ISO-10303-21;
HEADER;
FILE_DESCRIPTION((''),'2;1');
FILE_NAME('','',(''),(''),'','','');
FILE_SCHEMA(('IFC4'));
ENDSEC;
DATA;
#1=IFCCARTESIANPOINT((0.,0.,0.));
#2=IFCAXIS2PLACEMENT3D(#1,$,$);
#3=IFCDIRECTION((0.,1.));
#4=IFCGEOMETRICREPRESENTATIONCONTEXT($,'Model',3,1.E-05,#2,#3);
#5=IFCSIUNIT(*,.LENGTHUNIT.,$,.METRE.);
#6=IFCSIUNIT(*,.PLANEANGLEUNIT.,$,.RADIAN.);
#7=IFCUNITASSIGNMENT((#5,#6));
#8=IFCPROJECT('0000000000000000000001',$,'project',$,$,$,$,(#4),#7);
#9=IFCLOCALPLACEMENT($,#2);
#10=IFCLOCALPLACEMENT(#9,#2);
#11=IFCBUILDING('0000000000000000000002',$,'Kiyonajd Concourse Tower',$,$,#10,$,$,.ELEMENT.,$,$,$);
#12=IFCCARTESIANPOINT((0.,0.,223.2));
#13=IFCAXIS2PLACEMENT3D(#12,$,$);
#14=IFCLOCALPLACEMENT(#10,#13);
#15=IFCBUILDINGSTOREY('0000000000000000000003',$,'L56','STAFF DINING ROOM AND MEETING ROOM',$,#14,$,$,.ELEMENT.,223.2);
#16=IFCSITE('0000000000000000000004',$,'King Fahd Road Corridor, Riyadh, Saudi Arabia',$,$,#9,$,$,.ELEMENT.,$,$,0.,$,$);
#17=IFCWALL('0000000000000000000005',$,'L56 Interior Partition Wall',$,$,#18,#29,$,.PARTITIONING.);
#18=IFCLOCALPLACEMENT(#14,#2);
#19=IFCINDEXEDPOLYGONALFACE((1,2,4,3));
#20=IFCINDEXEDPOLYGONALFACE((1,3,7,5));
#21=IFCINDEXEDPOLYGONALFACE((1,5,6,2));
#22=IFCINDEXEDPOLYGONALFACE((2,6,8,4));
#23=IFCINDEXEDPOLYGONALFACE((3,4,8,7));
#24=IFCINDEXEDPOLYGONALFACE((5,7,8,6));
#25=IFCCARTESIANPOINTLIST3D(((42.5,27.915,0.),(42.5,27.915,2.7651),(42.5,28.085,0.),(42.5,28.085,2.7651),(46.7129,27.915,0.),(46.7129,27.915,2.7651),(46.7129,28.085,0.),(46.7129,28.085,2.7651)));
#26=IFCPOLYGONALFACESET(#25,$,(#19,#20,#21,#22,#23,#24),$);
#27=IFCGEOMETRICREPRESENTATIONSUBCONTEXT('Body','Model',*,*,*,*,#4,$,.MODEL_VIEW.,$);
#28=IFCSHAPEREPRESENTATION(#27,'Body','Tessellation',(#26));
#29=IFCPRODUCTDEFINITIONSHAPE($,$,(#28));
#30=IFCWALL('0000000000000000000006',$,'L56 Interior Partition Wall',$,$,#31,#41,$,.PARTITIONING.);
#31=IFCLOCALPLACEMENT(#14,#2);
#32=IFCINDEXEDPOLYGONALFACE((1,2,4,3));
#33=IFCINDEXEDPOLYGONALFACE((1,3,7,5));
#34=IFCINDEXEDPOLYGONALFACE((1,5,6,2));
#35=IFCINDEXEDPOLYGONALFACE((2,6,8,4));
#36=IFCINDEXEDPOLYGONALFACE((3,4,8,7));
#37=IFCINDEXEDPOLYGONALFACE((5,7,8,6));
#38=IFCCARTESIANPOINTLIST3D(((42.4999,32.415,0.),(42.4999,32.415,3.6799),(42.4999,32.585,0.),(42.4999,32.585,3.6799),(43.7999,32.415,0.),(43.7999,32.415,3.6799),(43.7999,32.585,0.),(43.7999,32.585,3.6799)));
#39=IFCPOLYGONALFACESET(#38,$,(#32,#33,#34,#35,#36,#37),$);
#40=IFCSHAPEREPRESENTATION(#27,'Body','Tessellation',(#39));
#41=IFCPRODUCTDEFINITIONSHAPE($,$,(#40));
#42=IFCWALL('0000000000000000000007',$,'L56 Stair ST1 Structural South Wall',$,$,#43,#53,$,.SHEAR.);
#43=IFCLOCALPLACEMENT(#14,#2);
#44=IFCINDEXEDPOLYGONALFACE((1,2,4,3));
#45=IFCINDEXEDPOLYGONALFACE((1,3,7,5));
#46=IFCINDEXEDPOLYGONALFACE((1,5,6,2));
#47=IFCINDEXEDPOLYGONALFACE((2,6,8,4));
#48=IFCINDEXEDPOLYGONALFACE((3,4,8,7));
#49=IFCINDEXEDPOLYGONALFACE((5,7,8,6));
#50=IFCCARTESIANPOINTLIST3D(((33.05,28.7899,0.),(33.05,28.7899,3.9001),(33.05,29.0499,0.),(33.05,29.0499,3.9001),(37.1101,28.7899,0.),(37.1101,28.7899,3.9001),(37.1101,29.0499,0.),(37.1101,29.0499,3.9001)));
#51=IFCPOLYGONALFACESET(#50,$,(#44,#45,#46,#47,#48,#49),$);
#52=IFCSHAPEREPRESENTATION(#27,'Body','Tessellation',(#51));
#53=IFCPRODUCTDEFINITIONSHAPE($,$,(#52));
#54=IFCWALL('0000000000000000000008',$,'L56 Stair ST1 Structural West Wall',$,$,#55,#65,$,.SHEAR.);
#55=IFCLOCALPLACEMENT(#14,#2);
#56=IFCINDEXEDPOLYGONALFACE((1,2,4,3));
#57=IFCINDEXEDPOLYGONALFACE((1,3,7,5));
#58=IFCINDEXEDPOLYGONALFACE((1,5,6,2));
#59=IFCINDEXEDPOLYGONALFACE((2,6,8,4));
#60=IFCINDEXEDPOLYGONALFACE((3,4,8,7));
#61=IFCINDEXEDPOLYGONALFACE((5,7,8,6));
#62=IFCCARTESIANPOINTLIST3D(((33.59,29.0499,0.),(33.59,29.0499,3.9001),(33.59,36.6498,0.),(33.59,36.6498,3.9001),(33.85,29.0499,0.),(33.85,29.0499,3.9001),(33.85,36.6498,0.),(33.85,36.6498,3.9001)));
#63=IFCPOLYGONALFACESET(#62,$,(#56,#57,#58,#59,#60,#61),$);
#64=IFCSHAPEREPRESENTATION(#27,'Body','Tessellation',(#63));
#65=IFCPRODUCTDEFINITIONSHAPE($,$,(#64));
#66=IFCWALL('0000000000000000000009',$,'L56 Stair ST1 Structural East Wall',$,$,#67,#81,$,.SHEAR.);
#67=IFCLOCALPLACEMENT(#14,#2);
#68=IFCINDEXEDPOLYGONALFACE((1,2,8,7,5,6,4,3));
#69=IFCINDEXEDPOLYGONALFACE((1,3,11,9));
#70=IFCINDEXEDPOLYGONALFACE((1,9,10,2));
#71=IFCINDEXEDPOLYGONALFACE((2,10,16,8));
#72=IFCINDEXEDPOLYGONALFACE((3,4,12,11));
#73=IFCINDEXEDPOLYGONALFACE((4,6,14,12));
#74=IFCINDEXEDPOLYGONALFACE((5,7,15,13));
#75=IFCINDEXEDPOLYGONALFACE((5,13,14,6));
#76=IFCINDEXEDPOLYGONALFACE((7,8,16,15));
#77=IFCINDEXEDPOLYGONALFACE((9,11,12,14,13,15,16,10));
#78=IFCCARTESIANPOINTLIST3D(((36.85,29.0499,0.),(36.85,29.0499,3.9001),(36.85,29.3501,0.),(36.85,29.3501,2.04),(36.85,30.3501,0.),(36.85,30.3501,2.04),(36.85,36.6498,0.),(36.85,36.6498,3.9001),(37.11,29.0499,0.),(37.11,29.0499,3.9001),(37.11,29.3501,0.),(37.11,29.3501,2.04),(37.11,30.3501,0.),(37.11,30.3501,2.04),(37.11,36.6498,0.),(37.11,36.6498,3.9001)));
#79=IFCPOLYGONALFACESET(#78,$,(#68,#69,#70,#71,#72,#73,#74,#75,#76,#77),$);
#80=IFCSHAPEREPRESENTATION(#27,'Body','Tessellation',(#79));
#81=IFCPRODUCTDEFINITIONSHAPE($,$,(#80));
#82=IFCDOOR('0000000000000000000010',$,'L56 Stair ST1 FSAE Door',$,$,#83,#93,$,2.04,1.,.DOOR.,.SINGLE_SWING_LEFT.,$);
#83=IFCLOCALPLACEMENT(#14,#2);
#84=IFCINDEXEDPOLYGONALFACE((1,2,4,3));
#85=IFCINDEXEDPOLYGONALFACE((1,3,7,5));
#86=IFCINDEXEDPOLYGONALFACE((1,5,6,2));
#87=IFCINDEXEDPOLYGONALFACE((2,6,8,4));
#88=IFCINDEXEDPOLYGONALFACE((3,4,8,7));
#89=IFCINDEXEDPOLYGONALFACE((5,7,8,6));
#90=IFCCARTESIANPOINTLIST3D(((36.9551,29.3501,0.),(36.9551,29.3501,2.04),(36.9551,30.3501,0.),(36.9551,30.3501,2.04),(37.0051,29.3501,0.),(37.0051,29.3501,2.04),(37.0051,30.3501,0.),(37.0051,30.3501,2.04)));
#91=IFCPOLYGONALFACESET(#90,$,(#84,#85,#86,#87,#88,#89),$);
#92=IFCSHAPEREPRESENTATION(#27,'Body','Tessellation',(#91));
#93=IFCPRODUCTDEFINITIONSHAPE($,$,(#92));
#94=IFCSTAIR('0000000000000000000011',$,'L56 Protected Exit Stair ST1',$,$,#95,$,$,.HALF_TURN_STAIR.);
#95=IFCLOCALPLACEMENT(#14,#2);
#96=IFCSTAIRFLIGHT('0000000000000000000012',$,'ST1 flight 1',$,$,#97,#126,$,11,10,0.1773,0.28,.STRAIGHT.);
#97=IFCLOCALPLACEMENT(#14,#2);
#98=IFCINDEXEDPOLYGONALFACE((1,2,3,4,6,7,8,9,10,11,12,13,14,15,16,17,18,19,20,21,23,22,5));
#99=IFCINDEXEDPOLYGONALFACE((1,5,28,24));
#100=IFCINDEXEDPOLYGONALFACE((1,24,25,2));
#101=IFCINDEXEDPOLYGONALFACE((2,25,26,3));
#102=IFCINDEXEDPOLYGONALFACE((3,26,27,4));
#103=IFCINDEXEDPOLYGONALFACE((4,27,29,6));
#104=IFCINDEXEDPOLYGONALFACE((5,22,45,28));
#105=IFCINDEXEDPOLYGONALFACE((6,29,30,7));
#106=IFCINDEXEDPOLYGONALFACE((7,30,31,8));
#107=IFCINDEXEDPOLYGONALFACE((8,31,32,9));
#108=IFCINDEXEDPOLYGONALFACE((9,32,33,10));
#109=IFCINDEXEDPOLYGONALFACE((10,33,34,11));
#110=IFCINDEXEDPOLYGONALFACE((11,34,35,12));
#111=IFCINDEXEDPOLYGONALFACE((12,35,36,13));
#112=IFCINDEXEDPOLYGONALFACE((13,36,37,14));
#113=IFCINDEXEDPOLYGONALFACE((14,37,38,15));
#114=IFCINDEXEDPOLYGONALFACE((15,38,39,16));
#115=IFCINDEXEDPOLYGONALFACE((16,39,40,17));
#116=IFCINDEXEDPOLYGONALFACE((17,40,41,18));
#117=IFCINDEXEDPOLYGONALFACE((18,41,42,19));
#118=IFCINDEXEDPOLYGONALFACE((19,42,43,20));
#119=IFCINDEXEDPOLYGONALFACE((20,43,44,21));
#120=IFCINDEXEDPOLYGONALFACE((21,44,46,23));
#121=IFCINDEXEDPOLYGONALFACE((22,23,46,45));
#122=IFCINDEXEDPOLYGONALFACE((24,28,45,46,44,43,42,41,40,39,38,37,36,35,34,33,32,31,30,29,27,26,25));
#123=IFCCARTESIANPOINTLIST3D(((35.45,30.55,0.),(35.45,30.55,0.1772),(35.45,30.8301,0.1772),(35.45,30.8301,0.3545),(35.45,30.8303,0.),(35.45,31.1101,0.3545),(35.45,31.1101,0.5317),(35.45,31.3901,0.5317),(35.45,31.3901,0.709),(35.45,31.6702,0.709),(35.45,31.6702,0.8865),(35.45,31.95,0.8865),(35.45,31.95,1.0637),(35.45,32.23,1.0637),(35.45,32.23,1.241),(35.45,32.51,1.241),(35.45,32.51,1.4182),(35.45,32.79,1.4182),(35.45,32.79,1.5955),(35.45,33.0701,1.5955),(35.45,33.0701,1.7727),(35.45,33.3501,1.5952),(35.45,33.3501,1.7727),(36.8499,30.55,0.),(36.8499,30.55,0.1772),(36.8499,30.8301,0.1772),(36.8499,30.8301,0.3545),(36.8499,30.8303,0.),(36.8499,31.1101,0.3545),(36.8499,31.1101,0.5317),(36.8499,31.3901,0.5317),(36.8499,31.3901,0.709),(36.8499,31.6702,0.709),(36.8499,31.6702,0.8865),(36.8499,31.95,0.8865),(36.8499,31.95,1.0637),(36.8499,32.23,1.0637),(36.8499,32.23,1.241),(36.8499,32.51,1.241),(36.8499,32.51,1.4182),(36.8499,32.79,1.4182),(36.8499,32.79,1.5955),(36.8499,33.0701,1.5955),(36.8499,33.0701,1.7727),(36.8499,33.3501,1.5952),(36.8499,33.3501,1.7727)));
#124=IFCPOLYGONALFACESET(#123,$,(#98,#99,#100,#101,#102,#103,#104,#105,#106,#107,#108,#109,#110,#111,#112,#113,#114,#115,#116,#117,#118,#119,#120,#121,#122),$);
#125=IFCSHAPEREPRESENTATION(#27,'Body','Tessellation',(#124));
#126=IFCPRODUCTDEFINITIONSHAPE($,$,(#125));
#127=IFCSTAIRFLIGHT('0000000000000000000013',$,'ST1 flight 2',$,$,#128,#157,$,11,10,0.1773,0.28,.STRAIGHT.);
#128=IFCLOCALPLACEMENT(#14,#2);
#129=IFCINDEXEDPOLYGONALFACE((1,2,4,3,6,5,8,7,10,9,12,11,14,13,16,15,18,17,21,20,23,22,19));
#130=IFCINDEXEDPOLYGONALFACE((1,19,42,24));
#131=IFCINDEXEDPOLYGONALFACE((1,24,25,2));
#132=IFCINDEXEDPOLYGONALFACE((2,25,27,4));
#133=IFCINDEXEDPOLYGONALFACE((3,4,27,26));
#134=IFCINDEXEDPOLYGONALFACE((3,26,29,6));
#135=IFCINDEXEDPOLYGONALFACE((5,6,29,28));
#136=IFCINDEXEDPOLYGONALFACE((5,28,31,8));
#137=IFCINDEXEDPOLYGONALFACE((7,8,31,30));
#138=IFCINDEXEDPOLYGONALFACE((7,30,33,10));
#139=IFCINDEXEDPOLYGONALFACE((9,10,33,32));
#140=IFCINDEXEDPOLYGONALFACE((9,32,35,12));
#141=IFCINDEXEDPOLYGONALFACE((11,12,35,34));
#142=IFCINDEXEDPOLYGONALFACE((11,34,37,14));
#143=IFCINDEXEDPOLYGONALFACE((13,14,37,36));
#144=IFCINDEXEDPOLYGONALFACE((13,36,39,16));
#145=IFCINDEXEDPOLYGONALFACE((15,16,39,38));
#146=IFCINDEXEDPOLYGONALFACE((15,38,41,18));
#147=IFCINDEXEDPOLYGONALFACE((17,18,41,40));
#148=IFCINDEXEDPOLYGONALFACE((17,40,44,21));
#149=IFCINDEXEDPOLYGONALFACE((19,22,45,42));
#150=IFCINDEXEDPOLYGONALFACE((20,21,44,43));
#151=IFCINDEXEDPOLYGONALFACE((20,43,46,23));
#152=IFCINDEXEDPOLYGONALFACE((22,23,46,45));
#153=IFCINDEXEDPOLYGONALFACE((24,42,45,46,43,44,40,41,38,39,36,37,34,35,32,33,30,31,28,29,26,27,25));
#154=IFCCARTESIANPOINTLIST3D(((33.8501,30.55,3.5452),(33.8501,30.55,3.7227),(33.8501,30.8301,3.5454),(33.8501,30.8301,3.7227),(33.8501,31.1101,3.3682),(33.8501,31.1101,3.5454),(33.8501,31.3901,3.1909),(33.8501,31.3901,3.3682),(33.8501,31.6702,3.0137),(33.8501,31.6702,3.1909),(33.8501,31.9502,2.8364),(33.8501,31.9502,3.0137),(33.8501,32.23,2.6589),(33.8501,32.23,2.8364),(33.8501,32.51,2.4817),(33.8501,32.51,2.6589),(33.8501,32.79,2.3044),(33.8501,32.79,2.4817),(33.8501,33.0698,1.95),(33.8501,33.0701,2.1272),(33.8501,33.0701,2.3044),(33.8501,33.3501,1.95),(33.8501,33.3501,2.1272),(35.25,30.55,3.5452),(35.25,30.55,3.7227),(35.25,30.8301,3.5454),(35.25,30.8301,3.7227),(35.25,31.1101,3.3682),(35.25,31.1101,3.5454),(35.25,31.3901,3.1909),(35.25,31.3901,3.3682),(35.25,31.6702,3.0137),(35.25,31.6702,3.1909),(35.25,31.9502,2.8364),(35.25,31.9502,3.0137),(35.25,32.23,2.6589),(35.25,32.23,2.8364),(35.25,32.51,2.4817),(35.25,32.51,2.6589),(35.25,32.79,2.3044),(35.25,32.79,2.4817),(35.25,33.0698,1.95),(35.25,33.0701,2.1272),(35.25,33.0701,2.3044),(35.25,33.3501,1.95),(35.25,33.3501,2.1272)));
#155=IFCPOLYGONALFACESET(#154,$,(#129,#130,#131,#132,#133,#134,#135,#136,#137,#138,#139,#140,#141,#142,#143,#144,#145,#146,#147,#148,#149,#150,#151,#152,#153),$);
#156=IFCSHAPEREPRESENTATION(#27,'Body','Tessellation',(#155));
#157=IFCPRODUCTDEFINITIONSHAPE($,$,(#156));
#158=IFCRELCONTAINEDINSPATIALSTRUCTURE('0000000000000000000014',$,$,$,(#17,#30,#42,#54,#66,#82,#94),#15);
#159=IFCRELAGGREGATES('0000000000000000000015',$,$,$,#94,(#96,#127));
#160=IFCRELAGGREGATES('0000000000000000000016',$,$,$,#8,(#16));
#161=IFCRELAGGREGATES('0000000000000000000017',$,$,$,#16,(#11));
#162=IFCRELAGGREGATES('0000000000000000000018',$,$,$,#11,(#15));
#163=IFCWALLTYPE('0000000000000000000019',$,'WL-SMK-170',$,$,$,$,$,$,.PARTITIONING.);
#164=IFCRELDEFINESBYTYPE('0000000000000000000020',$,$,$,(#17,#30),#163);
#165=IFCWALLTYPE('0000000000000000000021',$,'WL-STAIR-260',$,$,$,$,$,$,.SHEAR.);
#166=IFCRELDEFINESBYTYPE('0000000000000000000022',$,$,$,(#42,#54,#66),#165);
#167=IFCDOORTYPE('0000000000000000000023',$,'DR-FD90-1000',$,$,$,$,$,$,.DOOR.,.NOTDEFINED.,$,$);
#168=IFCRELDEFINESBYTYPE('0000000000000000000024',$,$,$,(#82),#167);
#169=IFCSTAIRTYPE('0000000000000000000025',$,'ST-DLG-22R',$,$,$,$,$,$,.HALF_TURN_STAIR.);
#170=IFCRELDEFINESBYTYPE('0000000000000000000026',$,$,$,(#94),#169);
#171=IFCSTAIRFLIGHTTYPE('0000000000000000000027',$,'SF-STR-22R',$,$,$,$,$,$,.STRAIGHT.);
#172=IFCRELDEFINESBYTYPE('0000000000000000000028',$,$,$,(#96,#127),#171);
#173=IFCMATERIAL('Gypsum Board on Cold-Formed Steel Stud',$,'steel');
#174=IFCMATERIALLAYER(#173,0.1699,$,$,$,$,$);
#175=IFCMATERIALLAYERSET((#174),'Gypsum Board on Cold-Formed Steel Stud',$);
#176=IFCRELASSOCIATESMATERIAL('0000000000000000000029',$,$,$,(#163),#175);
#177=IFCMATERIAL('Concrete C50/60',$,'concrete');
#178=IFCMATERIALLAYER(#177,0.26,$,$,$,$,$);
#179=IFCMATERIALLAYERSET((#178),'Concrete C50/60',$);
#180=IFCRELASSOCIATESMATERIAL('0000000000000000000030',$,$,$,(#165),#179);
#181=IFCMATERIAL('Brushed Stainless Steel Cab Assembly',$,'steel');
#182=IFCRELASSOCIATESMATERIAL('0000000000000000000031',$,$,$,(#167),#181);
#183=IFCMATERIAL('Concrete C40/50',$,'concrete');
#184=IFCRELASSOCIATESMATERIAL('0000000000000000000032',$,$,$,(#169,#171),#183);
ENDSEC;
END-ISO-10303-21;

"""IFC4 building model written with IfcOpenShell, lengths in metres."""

from ifc_helpers import new_model, si_unit, direction, frame, frame_2d, origin, place, context, subcontext, project, spatial, polyline, rectangle, outline, extrude, material, layer, layer_set, type_object, element, fill, aggregate, save


model = new_model("IFC4")

# Units and contexts
model_context = context("Model", 3, precision=1e-05, world=origin(), true_north=direction((0.0, 1.0)))
body_context = subcontext(model_context, "Body", "Model", "MODEL_VIEW")
ifc_project = project(units=[si_unit("LENGTHUNIT", "METRE"), si_unit("PLANEANGLEUNIT", "RADIAN")], contexts=[model_context])

# Site, building, storey
site_placement = place(None, origin())
site = spatial("IfcSite", under=ifc_project, at=site_placement, Name="King Fahd Road Corridor, Riyadh, Saudi Arabia", CompositionType="ELEMENT", RefElevation=0.0)
building_placement = place(site_placement, origin())
building = spatial("IfcBuilding", under=site, at=building_placement, Name="Kiyonajd Concourse Tower", CompositionType="ELEMENT")
storey_placement = place(building_placement, frame((0.0, 0.0, 223.2)))
storey = spatial("IfcBuildingStorey", under=building, at=storey_placement, Name="L56", Description="STAFF DINING ROOM AND MEETING ROOM", CompositionType="ELEMENT", Elevation=223.2)

# Shared definitions
ifc_material_1 = material(Name="Concrete C50/60", Category="concrete")

# Shared definitions
ifc_material_2 = material(Name="Gypsum Board on Cold-Formed Steel Stud", Category="steel")

# Shared definitions
ifc_material_3 = material(Name="Brushed Stainless Steel Cab Assembly", Category="steel")

# Walls
ifc_layer_1 = layer(ifc_material_2, 0.1699)
ifc_layer_set_1 = layer_set([ifc_layer_1], Name="Gypsum Board on Cold-Formed Steel Stud")
wall_type_1 = type_object("IfcWallType", Name="WL-SMK-170", PredefinedType="PARTITIONING", material=ifc_layer_set_1)
wall_1_placement = place(storey_placement, frame((42.5, 28.0, 0.0), z_axis=(0.0, 0.0, 1.0), x_axis=(1.0, 0.0, 0.0)))
element("IfcWall", 1, at=wall_1_placement, inside=storey, type_object=wall_type_1, Name="L56 Interior Partition Wall", PredefinedType="PARTITIONING", context=body_context, shape_type="SweptSolid", body=[
    extrude(rectangle(XDim=4.2129, YDim=0.1699, at=frame_2d((2.1064, 0.0))), origin(), (0.0, 0.0, 1.0), 2.7651),
])
wall_2_placement = place(storey_placement, frame((42.5, 32.5, 0.0), z_axis=(0.0, 0.0, 1.0), x_axis=(1.0, 0.0, 0.0)))
element("IfcWall", 2, at=wall_2_placement, inside=storey, type_object=wall_type_1, Name="L56 Interior Partition Wall", PredefinedType="PARTITIONING", context=body_context, shape_type="SweptSolid", body=[
    extrude(rectangle(XDim=1.3, YDim=0.1699, at=frame_2d((0.6499, 0.0))), origin(), (0.0, 0.0, 1.0), 3.6799),
])
ifc_layer_2 = layer(ifc_material_1, 0.26)
ifc_layer_set_2 = layer_set([ifc_layer_2], Name="Concrete C50/60")
wall_type_2 = type_object("IfcWallType", Name="WL-STAIR-260", PredefinedType="SHEAR", material=ifc_layer_set_2)
wall_3_placement = place(storey_placement, frame((33.05, 28.9199, 0.0), z_axis=(0.0, 0.0, 1.0), x_axis=(1.0, 0.0, 0.0)))
element("IfcWall", 3, at=wall_3_placement, inside=storey, type_object=wall_type_2, Name="L56 Stair ST1 Structural South Wall", PredefinedType="SHEAR", context=body_context, shape_type="SweptSolid", body=[
    extrude(rectangle(XDim=4.0601, YDim=0.26, at=frame_2d((2.03, 0.0))), origin(), (0.0, 0.0, 1.0), 3.9001),
])
wall_4_placement = place(storey_placement, frame((33.72, 29.05, 0.0), z_axis=(0.0, 0.0, 1.0), x_axis=(0.0, 1.0, 0.0)))
element("IfcWall", 4, at=wall_4_placement, inside=storey, type_object=wall_type_2, Name="L56 Stair ST1 Structural West Wall", PredefinedType="SHEAR", context=body_context, shape_type="SweptSolid", body=[
    extrude(rectangle(XDim=7.5999, YDim=0.26, at=frame_2d((3.7998, 0.0))), origin(), (0.0, 0.0, 1.0), 3.9001),
])

# Wall, opening, door
wall_5_placement = place(storey_placement, frame((36.98, 29.05, 0.0), z_axis=(0.0, 0.0, 1.0), x_axis=(0.0, 1.0, 0.0)))
wall_5 = element("IfcWall", 5, at=wall_5_placement, inside=storey, type_object=wall_type_2, Name="L56 Stair ST1 Structural East Wall", PredefinedType="SHEAR", context=body_context, shape_type="SweptSolid", body=[
    extrude(rectangle(XDim=7.5999, YDim=0.26, at=frame_2d((3.7998, 0.0))), origin(), (0.0, 0.0, 1.0), 3.9001),
])
opening_1_placement = place(wall_5_placement, frame((0.3, 0.0, 0.0)))
opening_1 = element("IfcOpeningElement", 6, at=opening_1_placement, cuts=wall_5, PredefinedType="OPENING", context=body_context, shape_type="SweptSolid", body=[
    extrude(rectangle(XDim=1.0, YDim=2.04, at=frame_2d((0.5, 1.02))), frame((0.0, 0.1399, 0.0), z_axis=(0.0, -1.0, 0.0), x_axis=(1.0, 0.0, 0.0)), (0.0, 0.0, 1.0), 0.28),
])
door_type_1 = type_object("IfcDoorType", Name="DR-FD90-1000", OperationType="NOTDEFINED", PredefinedType="DOOR", material=ifc_material_3)
door_1_placement = place(opening_1_placement, origin())
door_1 = element("IfcDoor", 7, at=door_1_placement, inside=storey, type_object=door_type_1, Name="L56 Stair ST1 FSAE Door", OperationType="SINGLE_SWING_LEFT", OverallHeight=2.04, OverallWidth=1.0, PredefinedType="DOOR", context=body_context, shape_type="SweptSolid", body=[
    extrude(rectangle(XDim=1.0, YDim=2.04, at=frame_2d((0.5, 1.02))), frame((0.0, 0.0249, 0.0), z_axis=(0.0, -1.0, 0.0), x_axis=(1.0, 0.0, 0.0)), (0.0, 0.0, 1.0), 0.05),
])
fill(opening_1, door_1)

# Stair, stair flights
ifc_material_4 = material(Name="Concrete C40/50", Category="concrete")
stair_type = type_object("IfcStairType", Name="ST-DLG-22R", PredefinedType="HALF_TURN_STAIR", material=ifc_material_4)
stair_placement = place(storey_placement, origin())
stair = element("IfcStair", 8, at=stair_placement, inside=storey, type_object=stair_type, Name="L56 Protected Exit Stair ST1", PredefinedType="HALF_TURN_STAIR")
stair_flight_type = type_object("IfcStairFlightType", Name="SF-STR-22R", PredefinedType="STRAIGHT", material=ifc_material_4)
stair_flight_1_placement = place(storey_placement, frame((36.1499, 30.55, 0.0), z_axis=(0.0, 0.0, 1.0), x_axis=(0.0, 1.0, 0.0)))
stair_flight_1 = element("IfcStairFlight", 9, at=stair_flight_1_placement, type_object=stair_flight_type, Name="ST1 flight 1", NumberOfRisers=11, NumberOfTreads=10, PredefinedType="STRAIGHT", RiserHeight=0.1773, TreadLength=0.28, context=body_context, shape_type="SweptSolid", body=[
    extrude(outline(polyline([(0.0, 0.0), (0.0, 0.1772), (0.28, 0.1772), (0.28, 0.3545), (0.5601, 0.3545), (0.5601, 0.5317), (0.8401, 0.5317), (0.8401, 0.709), (1.1201, 0.709), (1.1201, 0.8865), (1.3999, 0.8865), (1.3999, 1.0637), (1.6799, 1.0637), (1.6799, 1.241), (1.96, 1.241), (1.96, 1.4182), (2.24, 1.4182), (2.24, 1.5955), (2.52, 1.5955), (2.52, 1.7727), (2.8, 1.7727), (2.8, 1.95), (2.8, 1.5952), (0.2803, 0.0), (0.0, 0.0)])), frame((0.0, 0.7, 0.0), z_axis=(0.0, -1.0, 0.0), x_axis=(1.0, 0.0, 0.0)), (0.0, 0.0, 1.0), 1.3999),
])
stair_flight_2_placement = place(storey_placement, frame((34.55, 33.3501, 1.95), z_axis=(0.0, 0.0, 1.0), x_axis=(0.0, -1.0, 0.0)))
stair_flight_2 = element("IfcStairFlight", 10, at=stair_flight_2_placement, type_object=stair_flight_type, Name="ST1 flight 2", NumberOfRisers=11, NumberOfTreads=10, PredefinedType="STRAIGHT", RiserHeight=0.1773, TreadLength=0.28, context=body_context, shape_type="SweptSolid", body=[
    extrude(outline(polyline([(0.0, 0.0), (0.0, 0.1772), (0.28, 0.1772), (0.28, 0.3545), (0.5601, 0.3545), (0.5601, 0.5317), (0.8401, 0.5317), (0.8401, 0.709), (1.1201, 0.709), (1.1201, 0.8865), (1.3999, 0.8865), (1.3999, 1.0637), (1.6799, 1.0637), (1.6799, 1.241), (1.96, 1.241), (1.96, 1.4182), (2.24, 1.4182), (2.24, 1.5955), (2.52, 1.5955), (2.52, 1.7727), (2.8, 1.7727), (2.8, 1.95), (2.8, 1.5952), (0.2803, 0.0), (0.0, 0.0)])), frame((0.0, 0.7, 0.0), z_axis=(0.0, -1.0, 0.0), x_axis=(1.0, 0.0, 0.0)), (0.0, 0.0, 1.0), 1.3999),
])
aggregate(stair, [stair_flight_1, stair_flight_2])

save(model, "model.ifc")
